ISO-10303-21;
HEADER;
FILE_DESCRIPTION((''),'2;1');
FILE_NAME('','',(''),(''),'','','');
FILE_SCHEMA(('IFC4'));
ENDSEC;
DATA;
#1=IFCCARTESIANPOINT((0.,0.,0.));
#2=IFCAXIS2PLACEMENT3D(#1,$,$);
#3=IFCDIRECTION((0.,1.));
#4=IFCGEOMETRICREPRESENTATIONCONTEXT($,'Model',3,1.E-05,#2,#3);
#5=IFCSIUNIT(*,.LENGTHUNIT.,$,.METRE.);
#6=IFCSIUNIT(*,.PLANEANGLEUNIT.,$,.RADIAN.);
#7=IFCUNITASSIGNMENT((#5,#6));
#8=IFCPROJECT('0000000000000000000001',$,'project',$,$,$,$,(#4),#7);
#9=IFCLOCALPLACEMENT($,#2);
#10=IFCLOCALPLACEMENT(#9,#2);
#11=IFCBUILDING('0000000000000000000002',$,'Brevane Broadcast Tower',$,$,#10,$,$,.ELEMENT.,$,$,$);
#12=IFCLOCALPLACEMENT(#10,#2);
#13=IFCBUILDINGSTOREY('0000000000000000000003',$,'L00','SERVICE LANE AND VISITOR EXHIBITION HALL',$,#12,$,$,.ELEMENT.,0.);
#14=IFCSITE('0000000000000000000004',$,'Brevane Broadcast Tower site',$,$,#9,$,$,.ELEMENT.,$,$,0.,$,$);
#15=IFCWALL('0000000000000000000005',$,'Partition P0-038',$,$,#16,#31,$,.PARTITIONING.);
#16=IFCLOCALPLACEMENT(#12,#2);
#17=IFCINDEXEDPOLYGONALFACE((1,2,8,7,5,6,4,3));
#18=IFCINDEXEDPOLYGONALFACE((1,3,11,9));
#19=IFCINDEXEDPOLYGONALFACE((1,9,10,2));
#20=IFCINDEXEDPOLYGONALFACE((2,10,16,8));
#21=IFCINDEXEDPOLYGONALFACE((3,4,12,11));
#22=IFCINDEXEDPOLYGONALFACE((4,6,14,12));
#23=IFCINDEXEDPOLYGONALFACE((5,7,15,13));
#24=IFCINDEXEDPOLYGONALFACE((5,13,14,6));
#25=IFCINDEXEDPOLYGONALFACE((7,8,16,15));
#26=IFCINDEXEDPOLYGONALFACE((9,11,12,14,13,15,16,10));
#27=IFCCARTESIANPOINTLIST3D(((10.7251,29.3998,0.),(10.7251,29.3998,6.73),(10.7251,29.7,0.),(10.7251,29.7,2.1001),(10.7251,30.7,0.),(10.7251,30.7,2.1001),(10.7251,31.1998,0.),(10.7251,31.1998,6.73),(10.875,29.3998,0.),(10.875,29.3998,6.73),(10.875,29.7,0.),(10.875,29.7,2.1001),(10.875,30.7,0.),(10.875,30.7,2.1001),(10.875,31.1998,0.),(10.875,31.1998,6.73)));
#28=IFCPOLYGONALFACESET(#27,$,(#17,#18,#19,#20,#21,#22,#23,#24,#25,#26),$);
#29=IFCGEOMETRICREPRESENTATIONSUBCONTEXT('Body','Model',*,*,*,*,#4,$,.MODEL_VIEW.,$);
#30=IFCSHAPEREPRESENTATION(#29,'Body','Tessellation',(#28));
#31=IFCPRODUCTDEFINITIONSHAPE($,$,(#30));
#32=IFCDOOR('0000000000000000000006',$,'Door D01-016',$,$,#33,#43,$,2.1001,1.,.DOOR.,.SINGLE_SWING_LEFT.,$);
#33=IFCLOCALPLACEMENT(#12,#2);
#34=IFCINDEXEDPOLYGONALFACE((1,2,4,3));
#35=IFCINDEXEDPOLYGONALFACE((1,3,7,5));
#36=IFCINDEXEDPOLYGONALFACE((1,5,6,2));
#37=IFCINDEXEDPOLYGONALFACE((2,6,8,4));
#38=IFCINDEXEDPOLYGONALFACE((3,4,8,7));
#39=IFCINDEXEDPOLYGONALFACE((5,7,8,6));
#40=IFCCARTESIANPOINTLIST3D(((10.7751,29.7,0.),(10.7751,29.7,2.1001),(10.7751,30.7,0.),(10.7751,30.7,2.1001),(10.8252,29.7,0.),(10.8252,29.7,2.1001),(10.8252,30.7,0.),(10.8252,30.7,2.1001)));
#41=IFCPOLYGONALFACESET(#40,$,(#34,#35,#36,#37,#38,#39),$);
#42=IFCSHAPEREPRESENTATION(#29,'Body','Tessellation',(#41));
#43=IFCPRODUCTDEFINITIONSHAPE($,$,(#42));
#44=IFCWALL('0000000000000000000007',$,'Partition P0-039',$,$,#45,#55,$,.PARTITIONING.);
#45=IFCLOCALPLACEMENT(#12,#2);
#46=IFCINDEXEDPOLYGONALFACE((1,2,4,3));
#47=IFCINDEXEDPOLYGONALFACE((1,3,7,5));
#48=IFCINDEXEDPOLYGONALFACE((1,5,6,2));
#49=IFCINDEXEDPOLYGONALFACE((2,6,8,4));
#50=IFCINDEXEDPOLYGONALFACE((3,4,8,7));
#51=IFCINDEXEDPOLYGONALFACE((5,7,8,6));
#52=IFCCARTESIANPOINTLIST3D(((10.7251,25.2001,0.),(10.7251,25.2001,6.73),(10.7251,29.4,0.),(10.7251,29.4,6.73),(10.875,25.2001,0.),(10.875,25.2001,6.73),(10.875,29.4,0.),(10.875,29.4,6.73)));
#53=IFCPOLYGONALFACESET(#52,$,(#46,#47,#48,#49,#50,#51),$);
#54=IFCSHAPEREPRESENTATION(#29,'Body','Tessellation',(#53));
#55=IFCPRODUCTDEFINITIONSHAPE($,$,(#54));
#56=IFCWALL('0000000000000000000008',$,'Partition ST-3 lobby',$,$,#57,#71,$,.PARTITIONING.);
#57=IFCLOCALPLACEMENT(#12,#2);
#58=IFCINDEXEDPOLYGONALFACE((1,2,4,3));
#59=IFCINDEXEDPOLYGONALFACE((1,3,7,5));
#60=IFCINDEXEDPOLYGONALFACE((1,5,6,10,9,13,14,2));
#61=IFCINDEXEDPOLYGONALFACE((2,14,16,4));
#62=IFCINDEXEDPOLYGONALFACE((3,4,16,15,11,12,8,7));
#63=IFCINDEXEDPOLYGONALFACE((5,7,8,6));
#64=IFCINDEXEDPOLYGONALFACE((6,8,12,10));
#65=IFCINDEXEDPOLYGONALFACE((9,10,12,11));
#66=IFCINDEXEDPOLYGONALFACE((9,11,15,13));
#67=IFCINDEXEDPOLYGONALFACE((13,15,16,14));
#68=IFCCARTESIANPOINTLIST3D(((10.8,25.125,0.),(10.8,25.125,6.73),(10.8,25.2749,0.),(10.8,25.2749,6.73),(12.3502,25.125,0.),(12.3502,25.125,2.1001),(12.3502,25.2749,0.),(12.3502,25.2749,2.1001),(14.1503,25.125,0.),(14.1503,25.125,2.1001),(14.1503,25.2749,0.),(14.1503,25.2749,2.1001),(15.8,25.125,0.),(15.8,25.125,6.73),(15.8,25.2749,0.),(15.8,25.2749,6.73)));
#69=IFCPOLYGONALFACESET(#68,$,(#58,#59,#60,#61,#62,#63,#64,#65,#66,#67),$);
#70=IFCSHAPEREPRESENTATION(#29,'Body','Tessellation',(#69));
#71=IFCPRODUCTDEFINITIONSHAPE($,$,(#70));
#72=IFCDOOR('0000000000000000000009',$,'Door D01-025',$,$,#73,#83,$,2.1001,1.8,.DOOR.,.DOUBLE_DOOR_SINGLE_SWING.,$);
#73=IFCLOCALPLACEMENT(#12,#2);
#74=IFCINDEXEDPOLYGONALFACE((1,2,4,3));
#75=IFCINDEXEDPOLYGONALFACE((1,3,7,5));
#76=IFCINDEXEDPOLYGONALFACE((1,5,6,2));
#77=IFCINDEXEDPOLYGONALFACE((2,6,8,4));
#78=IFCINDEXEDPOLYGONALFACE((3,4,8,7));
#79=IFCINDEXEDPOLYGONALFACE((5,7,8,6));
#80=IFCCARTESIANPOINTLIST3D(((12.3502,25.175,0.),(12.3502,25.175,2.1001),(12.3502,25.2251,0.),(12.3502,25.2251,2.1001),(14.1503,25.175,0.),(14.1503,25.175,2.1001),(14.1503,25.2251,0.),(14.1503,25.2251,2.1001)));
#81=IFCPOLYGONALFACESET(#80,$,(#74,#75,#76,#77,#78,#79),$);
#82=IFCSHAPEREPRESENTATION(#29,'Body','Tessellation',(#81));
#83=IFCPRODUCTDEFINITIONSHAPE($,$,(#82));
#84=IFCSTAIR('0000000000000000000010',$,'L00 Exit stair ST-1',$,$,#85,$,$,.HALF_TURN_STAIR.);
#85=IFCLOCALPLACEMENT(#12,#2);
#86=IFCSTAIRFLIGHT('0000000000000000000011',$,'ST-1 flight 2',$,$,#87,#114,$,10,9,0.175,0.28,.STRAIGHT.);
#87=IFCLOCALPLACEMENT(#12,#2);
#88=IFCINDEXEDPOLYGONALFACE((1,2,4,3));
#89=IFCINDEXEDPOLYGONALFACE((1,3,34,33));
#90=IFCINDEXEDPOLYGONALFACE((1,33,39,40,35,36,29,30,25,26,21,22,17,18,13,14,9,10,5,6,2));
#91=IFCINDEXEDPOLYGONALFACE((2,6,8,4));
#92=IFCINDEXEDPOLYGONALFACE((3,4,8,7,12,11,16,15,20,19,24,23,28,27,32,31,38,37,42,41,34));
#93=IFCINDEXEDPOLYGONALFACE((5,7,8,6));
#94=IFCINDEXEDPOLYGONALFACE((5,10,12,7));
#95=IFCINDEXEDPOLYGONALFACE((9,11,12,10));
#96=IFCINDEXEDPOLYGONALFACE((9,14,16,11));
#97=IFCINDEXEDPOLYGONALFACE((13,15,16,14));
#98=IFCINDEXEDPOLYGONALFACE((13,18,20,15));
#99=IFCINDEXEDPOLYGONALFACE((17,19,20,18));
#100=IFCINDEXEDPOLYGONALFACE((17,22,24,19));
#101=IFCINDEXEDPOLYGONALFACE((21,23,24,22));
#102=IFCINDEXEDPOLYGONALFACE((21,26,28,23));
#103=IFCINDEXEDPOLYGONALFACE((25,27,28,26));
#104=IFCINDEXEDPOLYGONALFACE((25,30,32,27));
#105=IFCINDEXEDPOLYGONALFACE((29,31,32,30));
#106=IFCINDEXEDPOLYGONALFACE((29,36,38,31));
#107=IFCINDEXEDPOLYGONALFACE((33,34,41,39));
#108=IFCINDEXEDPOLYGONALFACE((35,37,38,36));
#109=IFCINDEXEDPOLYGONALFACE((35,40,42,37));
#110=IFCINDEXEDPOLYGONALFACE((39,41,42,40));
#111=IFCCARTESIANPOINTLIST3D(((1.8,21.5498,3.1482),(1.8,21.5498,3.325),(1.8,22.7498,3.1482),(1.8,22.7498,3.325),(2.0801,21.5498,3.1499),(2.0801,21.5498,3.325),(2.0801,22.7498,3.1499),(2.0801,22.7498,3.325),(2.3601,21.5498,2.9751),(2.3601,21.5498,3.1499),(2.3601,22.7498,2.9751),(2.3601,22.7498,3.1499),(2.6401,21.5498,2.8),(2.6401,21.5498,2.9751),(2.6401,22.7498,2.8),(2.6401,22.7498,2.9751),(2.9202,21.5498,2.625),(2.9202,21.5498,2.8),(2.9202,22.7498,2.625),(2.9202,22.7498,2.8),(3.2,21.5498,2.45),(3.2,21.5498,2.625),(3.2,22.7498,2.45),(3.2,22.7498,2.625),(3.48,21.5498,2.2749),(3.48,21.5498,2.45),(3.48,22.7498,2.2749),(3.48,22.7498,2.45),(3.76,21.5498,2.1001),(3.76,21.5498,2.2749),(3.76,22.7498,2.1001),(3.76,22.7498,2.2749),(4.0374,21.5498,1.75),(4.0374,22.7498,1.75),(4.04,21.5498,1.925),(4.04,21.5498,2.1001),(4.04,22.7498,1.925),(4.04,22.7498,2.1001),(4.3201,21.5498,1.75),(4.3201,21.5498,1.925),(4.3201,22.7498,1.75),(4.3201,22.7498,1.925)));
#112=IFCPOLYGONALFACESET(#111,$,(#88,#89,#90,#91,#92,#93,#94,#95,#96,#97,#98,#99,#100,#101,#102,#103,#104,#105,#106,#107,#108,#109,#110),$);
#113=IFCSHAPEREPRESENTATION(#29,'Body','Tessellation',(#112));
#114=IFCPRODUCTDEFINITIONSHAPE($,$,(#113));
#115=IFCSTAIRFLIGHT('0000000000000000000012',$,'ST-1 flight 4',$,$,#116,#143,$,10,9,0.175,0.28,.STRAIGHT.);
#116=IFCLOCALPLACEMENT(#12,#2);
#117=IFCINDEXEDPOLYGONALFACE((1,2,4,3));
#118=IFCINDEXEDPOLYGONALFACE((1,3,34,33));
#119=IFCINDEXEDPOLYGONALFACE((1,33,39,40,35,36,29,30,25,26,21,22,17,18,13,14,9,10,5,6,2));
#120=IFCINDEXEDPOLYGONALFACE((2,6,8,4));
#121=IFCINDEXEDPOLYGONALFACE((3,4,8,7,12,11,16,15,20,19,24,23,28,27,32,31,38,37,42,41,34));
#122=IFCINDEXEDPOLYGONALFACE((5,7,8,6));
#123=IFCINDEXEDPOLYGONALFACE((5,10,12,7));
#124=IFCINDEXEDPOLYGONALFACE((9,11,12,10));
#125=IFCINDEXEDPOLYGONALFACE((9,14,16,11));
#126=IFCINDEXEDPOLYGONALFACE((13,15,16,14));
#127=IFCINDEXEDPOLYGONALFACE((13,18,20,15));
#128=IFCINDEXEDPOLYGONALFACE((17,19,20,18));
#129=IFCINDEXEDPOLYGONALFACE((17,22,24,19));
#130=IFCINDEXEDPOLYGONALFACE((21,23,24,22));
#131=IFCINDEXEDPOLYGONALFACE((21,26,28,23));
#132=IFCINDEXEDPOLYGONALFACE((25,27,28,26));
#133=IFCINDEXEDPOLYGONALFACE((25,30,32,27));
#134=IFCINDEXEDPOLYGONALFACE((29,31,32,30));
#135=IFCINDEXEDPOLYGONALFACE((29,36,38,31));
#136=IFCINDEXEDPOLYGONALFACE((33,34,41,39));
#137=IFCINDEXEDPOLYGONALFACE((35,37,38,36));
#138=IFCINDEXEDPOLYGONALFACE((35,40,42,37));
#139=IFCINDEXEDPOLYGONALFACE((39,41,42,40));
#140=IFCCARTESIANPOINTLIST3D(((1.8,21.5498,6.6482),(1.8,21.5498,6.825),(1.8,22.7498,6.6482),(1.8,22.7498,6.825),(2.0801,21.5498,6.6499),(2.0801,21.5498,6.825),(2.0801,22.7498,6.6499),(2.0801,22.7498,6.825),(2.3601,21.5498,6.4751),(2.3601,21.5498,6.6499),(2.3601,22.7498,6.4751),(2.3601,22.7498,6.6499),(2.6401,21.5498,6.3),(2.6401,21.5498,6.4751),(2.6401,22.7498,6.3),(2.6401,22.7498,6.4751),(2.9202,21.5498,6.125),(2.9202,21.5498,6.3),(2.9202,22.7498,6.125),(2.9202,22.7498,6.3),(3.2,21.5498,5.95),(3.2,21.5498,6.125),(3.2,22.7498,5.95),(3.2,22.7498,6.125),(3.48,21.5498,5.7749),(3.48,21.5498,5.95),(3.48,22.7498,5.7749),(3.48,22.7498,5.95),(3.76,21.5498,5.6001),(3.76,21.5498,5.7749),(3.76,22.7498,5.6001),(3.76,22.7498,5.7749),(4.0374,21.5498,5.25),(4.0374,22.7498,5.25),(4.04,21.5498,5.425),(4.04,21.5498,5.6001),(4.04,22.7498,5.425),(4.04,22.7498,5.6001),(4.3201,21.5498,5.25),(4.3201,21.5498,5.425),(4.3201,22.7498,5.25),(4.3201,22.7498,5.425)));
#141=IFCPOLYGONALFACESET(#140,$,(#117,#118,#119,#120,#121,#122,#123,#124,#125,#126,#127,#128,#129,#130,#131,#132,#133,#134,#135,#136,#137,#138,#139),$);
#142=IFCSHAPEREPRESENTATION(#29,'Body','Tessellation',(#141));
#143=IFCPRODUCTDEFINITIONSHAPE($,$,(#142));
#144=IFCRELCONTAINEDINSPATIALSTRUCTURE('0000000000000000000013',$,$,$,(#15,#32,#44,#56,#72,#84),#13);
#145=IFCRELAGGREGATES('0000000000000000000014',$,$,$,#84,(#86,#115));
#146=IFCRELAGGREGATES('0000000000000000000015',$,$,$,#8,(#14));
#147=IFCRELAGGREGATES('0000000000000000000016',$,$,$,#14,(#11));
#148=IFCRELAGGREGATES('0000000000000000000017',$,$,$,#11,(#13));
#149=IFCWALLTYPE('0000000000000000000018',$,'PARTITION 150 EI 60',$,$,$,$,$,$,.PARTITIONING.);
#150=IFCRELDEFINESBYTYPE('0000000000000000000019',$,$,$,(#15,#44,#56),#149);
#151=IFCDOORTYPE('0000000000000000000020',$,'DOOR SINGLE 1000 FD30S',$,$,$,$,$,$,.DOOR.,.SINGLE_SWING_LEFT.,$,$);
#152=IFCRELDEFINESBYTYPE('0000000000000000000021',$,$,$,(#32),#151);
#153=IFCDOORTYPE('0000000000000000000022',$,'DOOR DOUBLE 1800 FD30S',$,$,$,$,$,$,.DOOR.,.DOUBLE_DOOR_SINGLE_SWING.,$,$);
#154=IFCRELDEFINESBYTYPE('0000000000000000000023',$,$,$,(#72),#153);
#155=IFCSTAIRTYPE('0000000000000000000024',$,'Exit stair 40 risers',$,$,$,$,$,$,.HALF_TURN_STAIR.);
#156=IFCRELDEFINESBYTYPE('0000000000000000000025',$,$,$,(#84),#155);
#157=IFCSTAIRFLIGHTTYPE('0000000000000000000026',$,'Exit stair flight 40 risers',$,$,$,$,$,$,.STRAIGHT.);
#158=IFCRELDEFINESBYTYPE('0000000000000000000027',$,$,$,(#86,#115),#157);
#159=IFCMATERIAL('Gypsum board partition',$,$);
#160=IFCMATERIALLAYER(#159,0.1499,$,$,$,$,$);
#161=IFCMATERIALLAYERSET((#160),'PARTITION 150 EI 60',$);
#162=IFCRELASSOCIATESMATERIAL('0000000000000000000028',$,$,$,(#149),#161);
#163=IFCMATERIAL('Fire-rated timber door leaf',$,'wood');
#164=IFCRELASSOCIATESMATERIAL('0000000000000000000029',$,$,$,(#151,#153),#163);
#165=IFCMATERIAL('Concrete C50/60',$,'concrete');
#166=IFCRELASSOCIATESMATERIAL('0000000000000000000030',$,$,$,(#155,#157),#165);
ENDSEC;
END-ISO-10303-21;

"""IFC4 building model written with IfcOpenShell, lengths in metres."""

from ifc_helpers import new_model, si_unit, direction, frame, frame_2d, origin, place, context, subcontext, project, spatial, polyline, rectangle, outline, extrude, material, layer, layer_set, type_object, element, fill, aggregate, save


model = new_model("IFC4")

# Units and contexts
model_context = context("Model", 3, precision=1e-05, world=origin(), true_north=direction((0.0, 1.0)))
body_context = subcontext(model_context, "Body", "Model", "MODEL_VIEW")
ifc_project = project(units=[si_unit("LENGTHUNIT", "METRE"), si_unit("PLANEANGLEUNIT", "RADIAN")], contexts=[model_context])

# Site, building, storey
site_placement = place(None, origin())
site = spatial("IfcSite", under=ifc_project, at=site_placement, Name="Brevane Broadcast Tower site", CompositionType="ELEMENT", RefElevation=0.0)
building_placement = place(site_placement, origin())
building = spatial("IfcBuilding", under=site, at=building_placement, Name="Brevane Broadcast Tower", CompositionType="ELEMENT")
storey_placement = place(building_placement, origin())
storey = spatial("IfcBuildingStorey", under=building, at=storey_placement, Name="L00", Description="SERVICE LANE AND VISITOR EXHIBITION HALL", CompositionType="ELEMENT", Elevation=0.0)

# Shared definitions
ifc_material_1 = material(Name="Gypsum board partition")

# Wall, opening, door
ifc_layer_1 = layer(ifc_material_1, 0.1499)
ifc_layer_set_1 = layer_set([ifc_layer_1], Name="PARTITION 150 EI 60")
wall_type_1 = type_object("IfcWallType", Name="PARTITION 150 EI 60", PredefinedType="PARTITIONING", material=ifc_layer_set_1)
wall_1_placement = place(storey_placement, frame((10.8, 29.3999, 0.0), z_axis=(0.0, 0.0, 1.0), x_axis=(0.0, 1.0, 0.0)))
wall_1 = element("IfcWall", 1, at=wall_1_placement, inside=storey, type_object=wall_type_1, Name="Partition P0-038", PredefinedType="PARTITIONING", context=body_context, shape_type="SweptSolid", body=[
    extrude(rectangle(XDim=1.8, YDim=0.1499, at=frame_2d((0.8999, 0.0))), origin(), (0.0, 0.0, 1.0), 6.73),
])
opening_1_placement = place(wall_1_placement, frame((0.3, 0.0, 0.0)))
opening_1 = element("IfcOpeningElement", 2, at=opening_1_placement, cuts=wall_1, PredefinedType="OPENING", context=body_context, shape_type="SweptSolid", body=[
    extrude(rectangle(XDim=1.0, YDim=2.1001, at=frame_2d((0.5, 1.05))), frame((0.0, 0.085, 0.0), z_axis=(0.0, -1.0, 0.0), x_axis=(1.0, 0.0, 0.0)), (0.0, 0.0, 1.0), 0.1699),
])
ifc_material_2 = material(Name="Fire-rated timber door leaf", Category="wood")
door_type_1 = type_object("IfcDoorType", Name="DOOR SINGLE 1000 FD30S", OperationType="SINGLE_SWING_LEFT", PredefinedType="DOOR", material=ifc_material_2)
door_1_placement = place(opening_1_placement, origin())
door_1 = element("IfcDoor", 3, at=door_1_placement, inside=storey, type_object=door_type_1, Name="Door D01-016", OperationType="SINGLE_SWING_LEFT", OverallHeight=2.1001, OverallWidth=1.0, PredefinedType="DOOR", context=body_context, shape_type="SweptSolid", body=[
    extrude(rectangle(XDim=1.0, YDim=2.1001, at=frame_2d((0.5, 1.05))), frame((0.0, 0.0249, 0.0), z_axis=(0.0, -1.0, 0.0), x_axis=(1.0, 0.0, 0.0)), (0.0, 0.0, 1.0), 0.05),
])
fill(opening_1, door_1)

# Wall
wall_2_placement = place(storey_placement, frame((10.8, 25.2, 0.0), z_axis=(0.0, 0.0, 1.0), x_axis=(0.0, 1.0, 0.0)))
element("IfcWall", 4, at=wall_2_placement, inside=storey, type_object=wall_type_1, Name="Partition P0-039", PredefinedType="PARTITIONING", context=body_context, shape_type="SweptSolid", body=[
    extrude(rectangle(XDim=4.2, YDim=0.1499, at=frame_2d((2.1001, 0.0))), origin(), (0.0, 0.0, 1.0), 6.73),
])

# Wall, opening, door
wall_3_placement = place(storey_placement, frame((15.8, 25.2, 0.0), z_axis=(0.0, 0.0, 1.0), x_axis=(-1.0, 0.0, 0.0)))
wall_3 = element("IfcWall", 5, at=wall_3_placement, inside=storey, type_object=wall_type_1, Name="Partition ST-3 lobby", PredefinedType="PARTITIONING", context=body_context, shape_type="SweptSolid", body=[
    extrude(rectangle(XDim=5.0, YDim=0.1499, at=frame_2d((2.5, 0.0))), origin(), (0.0, 0.0, 1.0), 6.73),
])
opening_2_placement = place(wall_3_placement, frame((1.6499, 0.0, 0.0)))
opening_2 = element("IfcOpeningElement", 6, at=opening_2_placement, cuts=wall_3, PredefinedType="OPENING", context=body_context, shape_type="SweptSolid", body=[
    extrude(rectangle(XDim=1.8, YDim=2.1001, at=frame_2d((0.8999, 1.05))), frame((0.0, 0.085, 0.0), z_axis=(0.0, -1.0, 0.0), x_axis=(1.0, 0.0, 0.0)), (0.0, 0.0, 1.0), 0.1699),
])
door_type_2 = type_object("IfcDoorType", Name="DOOR DOUBLE 1800 FD30S", OperationType="DOUBLE_DOOR_SINGLE_SWING", PredefinedType="DOOR", material=ifc_material_2)
door_2_placement = place(opening_2_placement, origin())
door_2 = element("IfcDoor", 7, at=door_2_placement, inside=storey, type_object=door_type_2, Name="Door D01-025", OperationType="DOUBLE_DOOR_SINGLE_SWING", OverallHeight=2.1001, OverallWidth=1.8, PredefinedType="DOOR", context=body_context, shape_type="SweptSolid", body=[
    extrude(rectangle(XDim=1.8, YDim=2.1001, at=frame_2d((0.8999, 1.05))), frame((0.0, 0.0249, 0.0), z_axis=(0.0, -1.0, 0.0), x_axis=(1.0, 0.0, 0.0)), (0.0, 0.0, 1.0), 0.05),
])
fill(opening_2, door_2)

# Stair, stair flights
ifc_material_3 = material(Name="Concrete C50/60", Category="concrete")
stair_type = type_object("IfcStairType", Name="Exit stair 40 risers", PredefinedType="HALF_TURN_STAIR", material=ifc_material_3)
stair_placement = place(storey_placement, origin())
stair = element("IfcStair", 8, at=stair_placement, inside=storey, type_object=stair_type, Name="L00 Exit stair ST-1", PredefinedType="HALF_TURN_STAIR")
stair_flight_type = type_object("IfcStairFlightType", Name="Exit stair flight 40 risers", PredefinedType="STRAIGHT", material=ifc_material_3)
stair_flight_1_placement = place(storey_placement, frame((4.3201, 22.1499, 1.75), z_axis=(0.0, 0.0, 1.0), x_axis=(-1.0, 0.0, 0.0)))
stair_flight_1 = element("IfcStairFlight", 9, at=stair_flight_1_placement, type_object=stair_flight_type, Name="ST-1 flight 2", NumberOfRisers=10, NumberOfTreads=9, PredefinedType="STRAIGHT", RiserHeight=0.175, TreadLength=0.28, context=body_context, shape_type="SweptSolid", body=[
    extrude(outline(polyline([(0.0, 0.0), (0.0, 0.175), (0.28, 0.175), (0.28, 0.3501), (0.5601, 0.3501), (0.5601, 0.5249), (0.8401, 0.5249), (0.8401, 0.7), (1.1201, 0.7), (1.1201, 0.875), (1.3999, 0.875), (1.3999, 1.05), (1.6799, 1.05), (1.6799, 1.2251), (1.96, 1.2251), (1.96, 1.3999), (2.24, 1.3999), (2.24, 1.575), (2.52, 1.575), (2.52, 1.75), (2.52, 1.3982), (0.2827, 0.0), (0.0, 0.0)])), frame((0.0, 0.6001, 0.0), z_axis=(0.0, -1.0, 0.0), x_axis=(1.0, 0.0, 0.0)), (0.0, 0.0, 1.0), 1.2),
])
stair_flight_2_placement = place(storey_placement, frame((4.3201, 22.1499, 5.25), z_axis=(0.0, 0.0, 1.0), x_axis=(-1.0, 0.0, 0.0)))
stair_flight_2 = element("IfcStairFlight", 10, at=stair_flight_2_placement, type_object=stair_flight_type, Name="ST-1 flight 4", NumberOfRisers=10, NumberOfTreads=9, PredefinedType="STRAIGHT", RiserHeight=0.175, TreadLength=0.28, context=body_context, shape_type="SweptSolid", body=[
    extrude(outline(polyline([(0.0, 0.0), (0.0, 0.175), (0.28, 0.175), (0.28, 0.3501), (0.5601, 0.3501), (0.5601, 0.5249), (0.8401, 0.5249), (0.8401, 0.7), (1.1201, 0.7), (1.1201, 0.875), (1.3999, 0.875), (1.3999, 1.05), (1.6799, 1.05), (1.6799, 1.2251), (1.96, 1.2251), (1.96, 1.3999), (2.24, 1.3999), (2.24, 1.575), (2.52, 1.575), (2.52, 1.75), (2.52, 1.3982), (0.2827, 0.0), (0.0, 0.0)])), frame((0.0, 0.6001, 0.0), z_axis=(0.0, -1.0, 0.0), x_axis=(1.0, 0.0, 0.0)), (0.0, 0.0, 1.0), 1.2),
])
aggregate(stair, [stair_flight_1, stair_flight_2])

save(model, "model.ifc")
